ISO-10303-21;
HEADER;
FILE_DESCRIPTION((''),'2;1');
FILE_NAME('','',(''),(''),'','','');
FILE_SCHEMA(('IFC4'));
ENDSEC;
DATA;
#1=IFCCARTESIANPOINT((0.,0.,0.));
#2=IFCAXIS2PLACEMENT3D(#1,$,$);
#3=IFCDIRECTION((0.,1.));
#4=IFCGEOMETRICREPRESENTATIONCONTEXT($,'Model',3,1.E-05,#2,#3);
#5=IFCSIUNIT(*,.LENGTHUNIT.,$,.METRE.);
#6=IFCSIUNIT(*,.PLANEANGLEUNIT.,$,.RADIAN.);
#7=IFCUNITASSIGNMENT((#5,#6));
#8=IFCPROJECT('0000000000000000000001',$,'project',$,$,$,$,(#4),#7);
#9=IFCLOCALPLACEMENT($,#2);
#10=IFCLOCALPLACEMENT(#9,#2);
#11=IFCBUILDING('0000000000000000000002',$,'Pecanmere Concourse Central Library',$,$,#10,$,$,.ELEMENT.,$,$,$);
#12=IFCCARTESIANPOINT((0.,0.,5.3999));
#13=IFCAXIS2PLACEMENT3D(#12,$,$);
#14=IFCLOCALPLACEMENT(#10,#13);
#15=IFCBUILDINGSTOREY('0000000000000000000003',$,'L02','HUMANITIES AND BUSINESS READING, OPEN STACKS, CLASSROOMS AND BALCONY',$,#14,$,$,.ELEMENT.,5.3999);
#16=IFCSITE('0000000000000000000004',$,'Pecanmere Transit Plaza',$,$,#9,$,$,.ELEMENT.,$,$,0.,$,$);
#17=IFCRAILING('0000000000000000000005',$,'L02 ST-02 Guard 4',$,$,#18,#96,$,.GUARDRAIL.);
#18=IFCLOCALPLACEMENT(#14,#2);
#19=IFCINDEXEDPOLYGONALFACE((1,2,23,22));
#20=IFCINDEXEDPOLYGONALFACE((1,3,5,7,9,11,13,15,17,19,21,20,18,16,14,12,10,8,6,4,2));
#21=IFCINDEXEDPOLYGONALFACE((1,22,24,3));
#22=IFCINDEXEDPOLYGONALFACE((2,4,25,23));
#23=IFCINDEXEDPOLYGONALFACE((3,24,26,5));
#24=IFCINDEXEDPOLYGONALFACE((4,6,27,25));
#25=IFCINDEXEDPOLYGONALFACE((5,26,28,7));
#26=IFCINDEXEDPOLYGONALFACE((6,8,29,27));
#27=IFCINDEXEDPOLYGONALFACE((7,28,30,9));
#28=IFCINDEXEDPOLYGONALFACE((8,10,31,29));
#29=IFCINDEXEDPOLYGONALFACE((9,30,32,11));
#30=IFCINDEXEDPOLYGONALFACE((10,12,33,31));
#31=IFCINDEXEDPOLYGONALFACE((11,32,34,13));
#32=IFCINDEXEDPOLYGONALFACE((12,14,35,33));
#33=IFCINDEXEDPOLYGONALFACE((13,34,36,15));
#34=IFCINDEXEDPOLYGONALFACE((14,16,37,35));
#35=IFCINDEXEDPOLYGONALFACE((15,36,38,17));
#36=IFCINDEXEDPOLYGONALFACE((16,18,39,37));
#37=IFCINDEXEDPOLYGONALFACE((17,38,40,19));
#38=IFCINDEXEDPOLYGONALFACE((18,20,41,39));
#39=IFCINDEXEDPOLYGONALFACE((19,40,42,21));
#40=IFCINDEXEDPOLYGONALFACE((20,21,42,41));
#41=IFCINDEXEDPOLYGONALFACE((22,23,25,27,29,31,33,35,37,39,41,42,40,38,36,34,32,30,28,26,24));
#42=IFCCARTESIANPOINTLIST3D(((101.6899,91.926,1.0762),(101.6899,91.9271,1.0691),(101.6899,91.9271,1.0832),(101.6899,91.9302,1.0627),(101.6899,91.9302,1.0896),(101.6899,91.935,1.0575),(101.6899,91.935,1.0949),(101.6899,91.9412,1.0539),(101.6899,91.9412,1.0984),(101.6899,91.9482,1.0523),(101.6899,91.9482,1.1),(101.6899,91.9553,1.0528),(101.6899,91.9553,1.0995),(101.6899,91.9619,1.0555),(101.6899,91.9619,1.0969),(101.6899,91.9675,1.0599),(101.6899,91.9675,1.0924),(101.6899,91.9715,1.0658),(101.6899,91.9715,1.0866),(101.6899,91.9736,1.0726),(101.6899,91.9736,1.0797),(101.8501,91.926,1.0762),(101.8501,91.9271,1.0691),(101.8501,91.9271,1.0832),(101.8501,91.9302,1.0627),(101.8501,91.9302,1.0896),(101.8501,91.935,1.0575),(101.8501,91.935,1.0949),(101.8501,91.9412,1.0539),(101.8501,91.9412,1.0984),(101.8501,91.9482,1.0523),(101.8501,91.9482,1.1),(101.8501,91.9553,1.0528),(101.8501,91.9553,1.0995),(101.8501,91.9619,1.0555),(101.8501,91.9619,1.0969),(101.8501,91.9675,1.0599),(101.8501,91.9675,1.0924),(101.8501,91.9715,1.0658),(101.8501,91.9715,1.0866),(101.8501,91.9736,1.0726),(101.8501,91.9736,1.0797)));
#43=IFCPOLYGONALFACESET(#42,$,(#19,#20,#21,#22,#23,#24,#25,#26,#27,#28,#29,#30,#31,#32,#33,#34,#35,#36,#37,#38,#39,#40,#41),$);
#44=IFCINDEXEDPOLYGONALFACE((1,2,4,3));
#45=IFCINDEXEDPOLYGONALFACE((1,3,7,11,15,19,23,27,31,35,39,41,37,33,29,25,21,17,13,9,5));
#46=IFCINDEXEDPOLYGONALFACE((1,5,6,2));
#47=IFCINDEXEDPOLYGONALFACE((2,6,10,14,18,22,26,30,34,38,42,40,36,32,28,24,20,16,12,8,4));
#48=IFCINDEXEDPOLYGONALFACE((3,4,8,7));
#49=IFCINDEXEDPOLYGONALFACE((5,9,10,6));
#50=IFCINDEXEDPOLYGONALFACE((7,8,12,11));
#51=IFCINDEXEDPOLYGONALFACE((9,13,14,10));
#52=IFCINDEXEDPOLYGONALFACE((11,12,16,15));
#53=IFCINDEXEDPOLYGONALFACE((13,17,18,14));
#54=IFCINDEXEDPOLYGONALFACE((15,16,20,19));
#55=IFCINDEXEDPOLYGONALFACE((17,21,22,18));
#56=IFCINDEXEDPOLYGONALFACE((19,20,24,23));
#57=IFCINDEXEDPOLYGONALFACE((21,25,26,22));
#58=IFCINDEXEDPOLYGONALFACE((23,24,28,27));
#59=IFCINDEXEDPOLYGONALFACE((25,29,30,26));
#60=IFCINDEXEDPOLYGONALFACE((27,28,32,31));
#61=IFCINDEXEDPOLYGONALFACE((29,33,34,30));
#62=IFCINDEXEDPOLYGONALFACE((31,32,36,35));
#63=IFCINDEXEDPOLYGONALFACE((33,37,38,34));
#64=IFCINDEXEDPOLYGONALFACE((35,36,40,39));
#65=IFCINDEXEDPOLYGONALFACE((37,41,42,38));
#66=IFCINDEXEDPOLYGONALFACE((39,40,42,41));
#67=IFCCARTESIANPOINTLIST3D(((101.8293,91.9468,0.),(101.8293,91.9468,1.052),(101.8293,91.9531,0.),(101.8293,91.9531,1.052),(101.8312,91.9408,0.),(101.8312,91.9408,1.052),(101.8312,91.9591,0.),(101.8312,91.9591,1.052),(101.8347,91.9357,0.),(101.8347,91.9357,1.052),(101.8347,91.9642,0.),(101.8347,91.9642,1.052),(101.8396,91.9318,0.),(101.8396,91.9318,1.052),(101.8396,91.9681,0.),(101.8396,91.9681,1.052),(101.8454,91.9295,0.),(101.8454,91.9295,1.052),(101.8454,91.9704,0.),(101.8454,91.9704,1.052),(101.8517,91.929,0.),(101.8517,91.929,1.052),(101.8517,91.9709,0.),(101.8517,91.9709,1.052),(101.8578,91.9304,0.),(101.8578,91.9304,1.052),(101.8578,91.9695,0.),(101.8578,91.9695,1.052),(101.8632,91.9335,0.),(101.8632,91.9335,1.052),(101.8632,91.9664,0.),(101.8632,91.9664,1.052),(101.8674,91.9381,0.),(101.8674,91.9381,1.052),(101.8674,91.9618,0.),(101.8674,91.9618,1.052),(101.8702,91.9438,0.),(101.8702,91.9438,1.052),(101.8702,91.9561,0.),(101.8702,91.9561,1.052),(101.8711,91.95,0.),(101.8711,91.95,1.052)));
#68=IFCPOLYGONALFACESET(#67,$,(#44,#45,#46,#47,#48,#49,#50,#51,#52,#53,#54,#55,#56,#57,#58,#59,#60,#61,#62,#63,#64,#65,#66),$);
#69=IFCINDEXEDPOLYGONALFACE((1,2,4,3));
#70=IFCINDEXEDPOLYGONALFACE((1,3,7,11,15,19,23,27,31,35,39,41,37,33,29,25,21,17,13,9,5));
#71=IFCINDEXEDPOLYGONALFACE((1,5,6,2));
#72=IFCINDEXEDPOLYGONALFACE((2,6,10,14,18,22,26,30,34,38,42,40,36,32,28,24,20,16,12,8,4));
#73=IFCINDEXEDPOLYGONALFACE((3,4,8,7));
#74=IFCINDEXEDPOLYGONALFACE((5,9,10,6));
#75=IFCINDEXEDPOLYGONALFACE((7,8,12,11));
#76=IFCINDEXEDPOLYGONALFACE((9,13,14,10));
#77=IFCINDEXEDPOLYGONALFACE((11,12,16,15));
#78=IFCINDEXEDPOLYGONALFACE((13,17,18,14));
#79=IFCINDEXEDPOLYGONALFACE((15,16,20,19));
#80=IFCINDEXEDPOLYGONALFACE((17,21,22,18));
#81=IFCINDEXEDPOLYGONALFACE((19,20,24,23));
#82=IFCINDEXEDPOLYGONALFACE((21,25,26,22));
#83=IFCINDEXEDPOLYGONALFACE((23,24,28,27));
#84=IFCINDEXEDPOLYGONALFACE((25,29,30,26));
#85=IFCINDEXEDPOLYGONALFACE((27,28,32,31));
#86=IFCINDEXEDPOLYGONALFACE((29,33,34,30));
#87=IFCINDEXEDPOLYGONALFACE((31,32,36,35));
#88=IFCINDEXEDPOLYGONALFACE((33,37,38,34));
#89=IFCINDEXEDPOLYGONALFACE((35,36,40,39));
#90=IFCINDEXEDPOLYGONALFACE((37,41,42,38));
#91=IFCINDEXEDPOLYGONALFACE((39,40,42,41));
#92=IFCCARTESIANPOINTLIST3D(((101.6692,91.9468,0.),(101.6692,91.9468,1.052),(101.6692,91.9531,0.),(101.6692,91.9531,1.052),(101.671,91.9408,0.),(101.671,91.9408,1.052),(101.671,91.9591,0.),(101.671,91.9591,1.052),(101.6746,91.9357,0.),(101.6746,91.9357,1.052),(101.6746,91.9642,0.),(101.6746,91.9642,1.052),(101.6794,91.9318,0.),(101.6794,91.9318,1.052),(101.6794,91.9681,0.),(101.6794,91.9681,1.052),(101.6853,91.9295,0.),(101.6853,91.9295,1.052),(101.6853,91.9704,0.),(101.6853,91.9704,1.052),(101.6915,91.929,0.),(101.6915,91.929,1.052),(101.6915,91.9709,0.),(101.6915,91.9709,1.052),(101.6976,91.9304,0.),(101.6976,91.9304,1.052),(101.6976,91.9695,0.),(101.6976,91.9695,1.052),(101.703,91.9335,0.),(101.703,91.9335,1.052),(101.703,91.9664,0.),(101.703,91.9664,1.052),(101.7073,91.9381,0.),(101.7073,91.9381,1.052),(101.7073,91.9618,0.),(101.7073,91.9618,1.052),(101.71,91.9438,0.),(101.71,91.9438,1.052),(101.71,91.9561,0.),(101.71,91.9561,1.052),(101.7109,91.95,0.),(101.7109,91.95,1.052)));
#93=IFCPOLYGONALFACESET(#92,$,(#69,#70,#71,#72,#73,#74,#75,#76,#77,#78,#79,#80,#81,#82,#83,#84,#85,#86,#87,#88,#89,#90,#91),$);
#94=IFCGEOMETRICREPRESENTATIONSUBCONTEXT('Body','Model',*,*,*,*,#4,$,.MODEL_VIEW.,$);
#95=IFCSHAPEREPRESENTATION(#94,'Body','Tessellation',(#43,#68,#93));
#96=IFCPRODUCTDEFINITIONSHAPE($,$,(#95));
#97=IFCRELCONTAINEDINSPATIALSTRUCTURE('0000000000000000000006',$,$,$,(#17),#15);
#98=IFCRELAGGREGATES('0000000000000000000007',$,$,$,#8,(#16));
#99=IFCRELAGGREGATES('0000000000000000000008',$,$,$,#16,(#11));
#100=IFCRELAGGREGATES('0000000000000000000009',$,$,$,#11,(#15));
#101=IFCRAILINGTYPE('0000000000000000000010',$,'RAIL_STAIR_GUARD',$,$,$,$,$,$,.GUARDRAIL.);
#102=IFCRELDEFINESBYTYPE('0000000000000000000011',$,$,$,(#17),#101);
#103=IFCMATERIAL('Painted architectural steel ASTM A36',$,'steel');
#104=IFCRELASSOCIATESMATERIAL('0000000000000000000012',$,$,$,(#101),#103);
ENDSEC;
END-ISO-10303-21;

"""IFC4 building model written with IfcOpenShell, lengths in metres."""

from ifc_helpers import new_model, si_unit, direction, frame, origin, origin_2d, place, context, subcontext, project, spatial, circle, extrude, material, type_object, element, save


model = new_model("IFC4")

# Units and contexts
model_context = context("Model", 3, precision=1e-05, world=origin(), true_north=direction((0.0, 1.0)))
body_context = subcontext(model_context, "Body", "Model", "MODEL_VIEW")
ifc_project = project(units=[si_unit("LENGTHUNIT", "METRE"), si_unit("PLANEANGLEUNIT", "RADIAN")], contexts=[model_context])

# Site, building, storey
site_placement = place(None, origin())
site = spatial("IfcSite", under=ifc_project, at=site_placement, Name="Pecanmere Transit Plaza", CompositionType="ELEMENT", RefElevation=0.0)
building_placement = place(site_placement, origin())
building = spatial("IfcBuilding", under=site, at=building_placement, Name="Pecanmere Concourse Central Library", CompositionType="ELEMENT")
storey_placement = place(building_placement, frame((0.0, 0.0, 5.3999)))
storey = spatial("IfcBuildingStorey", under=building, at=storey_placement, Name="L02", Description="HUMANITIES AND BUSINESS READING, OPEN STACKS, CLASSROOMS AND BALCONY", CompositionType="ELEMENT", Elevation=5.3999)

# Railing
ifc_material_1 = material(Name="Painted architectural steel ASTM A36", Category="steel")
railing_type_1 = type_object("IfcRailingType", Name="RAIL_STAIR_GUARD", PredefinedType="GUARDRAIL", material=ifc_material_1)
railing_1_placement = place(storey_placement, frame((101.8501, 91.95, 0.0)))
element("IfcRailing", 1, at=railing_1_placement, inside=storey, type_object=railing_type_1, Name="L02 ST-02 Guard 4", PredefinedType="GUARDRAIL", context=body_context, shape_type="SweptSolid", body=[
    extrude(circle(Radius=0.0239, at=origin_2d()), frame((0.0, 0.0, 1.0762), z_axis=(-1.0, 0.0, 0.0), x_axis=(0.0, -1.0, 0.0)), (0.0, 0.0, 1.0), 0.1602),
    extrude(circle(Radius=0.021, at=origin_2d()), origin(), (0.0, 0.0, 1.0), 1.052),
    extrude(circle(Radius=0.021, at=origin_2d()), frame((-0.1602, 0.0, 0.0)), (0.0, 0.0, 1.0), 1.052),
])

save(model, "model.ifc")
